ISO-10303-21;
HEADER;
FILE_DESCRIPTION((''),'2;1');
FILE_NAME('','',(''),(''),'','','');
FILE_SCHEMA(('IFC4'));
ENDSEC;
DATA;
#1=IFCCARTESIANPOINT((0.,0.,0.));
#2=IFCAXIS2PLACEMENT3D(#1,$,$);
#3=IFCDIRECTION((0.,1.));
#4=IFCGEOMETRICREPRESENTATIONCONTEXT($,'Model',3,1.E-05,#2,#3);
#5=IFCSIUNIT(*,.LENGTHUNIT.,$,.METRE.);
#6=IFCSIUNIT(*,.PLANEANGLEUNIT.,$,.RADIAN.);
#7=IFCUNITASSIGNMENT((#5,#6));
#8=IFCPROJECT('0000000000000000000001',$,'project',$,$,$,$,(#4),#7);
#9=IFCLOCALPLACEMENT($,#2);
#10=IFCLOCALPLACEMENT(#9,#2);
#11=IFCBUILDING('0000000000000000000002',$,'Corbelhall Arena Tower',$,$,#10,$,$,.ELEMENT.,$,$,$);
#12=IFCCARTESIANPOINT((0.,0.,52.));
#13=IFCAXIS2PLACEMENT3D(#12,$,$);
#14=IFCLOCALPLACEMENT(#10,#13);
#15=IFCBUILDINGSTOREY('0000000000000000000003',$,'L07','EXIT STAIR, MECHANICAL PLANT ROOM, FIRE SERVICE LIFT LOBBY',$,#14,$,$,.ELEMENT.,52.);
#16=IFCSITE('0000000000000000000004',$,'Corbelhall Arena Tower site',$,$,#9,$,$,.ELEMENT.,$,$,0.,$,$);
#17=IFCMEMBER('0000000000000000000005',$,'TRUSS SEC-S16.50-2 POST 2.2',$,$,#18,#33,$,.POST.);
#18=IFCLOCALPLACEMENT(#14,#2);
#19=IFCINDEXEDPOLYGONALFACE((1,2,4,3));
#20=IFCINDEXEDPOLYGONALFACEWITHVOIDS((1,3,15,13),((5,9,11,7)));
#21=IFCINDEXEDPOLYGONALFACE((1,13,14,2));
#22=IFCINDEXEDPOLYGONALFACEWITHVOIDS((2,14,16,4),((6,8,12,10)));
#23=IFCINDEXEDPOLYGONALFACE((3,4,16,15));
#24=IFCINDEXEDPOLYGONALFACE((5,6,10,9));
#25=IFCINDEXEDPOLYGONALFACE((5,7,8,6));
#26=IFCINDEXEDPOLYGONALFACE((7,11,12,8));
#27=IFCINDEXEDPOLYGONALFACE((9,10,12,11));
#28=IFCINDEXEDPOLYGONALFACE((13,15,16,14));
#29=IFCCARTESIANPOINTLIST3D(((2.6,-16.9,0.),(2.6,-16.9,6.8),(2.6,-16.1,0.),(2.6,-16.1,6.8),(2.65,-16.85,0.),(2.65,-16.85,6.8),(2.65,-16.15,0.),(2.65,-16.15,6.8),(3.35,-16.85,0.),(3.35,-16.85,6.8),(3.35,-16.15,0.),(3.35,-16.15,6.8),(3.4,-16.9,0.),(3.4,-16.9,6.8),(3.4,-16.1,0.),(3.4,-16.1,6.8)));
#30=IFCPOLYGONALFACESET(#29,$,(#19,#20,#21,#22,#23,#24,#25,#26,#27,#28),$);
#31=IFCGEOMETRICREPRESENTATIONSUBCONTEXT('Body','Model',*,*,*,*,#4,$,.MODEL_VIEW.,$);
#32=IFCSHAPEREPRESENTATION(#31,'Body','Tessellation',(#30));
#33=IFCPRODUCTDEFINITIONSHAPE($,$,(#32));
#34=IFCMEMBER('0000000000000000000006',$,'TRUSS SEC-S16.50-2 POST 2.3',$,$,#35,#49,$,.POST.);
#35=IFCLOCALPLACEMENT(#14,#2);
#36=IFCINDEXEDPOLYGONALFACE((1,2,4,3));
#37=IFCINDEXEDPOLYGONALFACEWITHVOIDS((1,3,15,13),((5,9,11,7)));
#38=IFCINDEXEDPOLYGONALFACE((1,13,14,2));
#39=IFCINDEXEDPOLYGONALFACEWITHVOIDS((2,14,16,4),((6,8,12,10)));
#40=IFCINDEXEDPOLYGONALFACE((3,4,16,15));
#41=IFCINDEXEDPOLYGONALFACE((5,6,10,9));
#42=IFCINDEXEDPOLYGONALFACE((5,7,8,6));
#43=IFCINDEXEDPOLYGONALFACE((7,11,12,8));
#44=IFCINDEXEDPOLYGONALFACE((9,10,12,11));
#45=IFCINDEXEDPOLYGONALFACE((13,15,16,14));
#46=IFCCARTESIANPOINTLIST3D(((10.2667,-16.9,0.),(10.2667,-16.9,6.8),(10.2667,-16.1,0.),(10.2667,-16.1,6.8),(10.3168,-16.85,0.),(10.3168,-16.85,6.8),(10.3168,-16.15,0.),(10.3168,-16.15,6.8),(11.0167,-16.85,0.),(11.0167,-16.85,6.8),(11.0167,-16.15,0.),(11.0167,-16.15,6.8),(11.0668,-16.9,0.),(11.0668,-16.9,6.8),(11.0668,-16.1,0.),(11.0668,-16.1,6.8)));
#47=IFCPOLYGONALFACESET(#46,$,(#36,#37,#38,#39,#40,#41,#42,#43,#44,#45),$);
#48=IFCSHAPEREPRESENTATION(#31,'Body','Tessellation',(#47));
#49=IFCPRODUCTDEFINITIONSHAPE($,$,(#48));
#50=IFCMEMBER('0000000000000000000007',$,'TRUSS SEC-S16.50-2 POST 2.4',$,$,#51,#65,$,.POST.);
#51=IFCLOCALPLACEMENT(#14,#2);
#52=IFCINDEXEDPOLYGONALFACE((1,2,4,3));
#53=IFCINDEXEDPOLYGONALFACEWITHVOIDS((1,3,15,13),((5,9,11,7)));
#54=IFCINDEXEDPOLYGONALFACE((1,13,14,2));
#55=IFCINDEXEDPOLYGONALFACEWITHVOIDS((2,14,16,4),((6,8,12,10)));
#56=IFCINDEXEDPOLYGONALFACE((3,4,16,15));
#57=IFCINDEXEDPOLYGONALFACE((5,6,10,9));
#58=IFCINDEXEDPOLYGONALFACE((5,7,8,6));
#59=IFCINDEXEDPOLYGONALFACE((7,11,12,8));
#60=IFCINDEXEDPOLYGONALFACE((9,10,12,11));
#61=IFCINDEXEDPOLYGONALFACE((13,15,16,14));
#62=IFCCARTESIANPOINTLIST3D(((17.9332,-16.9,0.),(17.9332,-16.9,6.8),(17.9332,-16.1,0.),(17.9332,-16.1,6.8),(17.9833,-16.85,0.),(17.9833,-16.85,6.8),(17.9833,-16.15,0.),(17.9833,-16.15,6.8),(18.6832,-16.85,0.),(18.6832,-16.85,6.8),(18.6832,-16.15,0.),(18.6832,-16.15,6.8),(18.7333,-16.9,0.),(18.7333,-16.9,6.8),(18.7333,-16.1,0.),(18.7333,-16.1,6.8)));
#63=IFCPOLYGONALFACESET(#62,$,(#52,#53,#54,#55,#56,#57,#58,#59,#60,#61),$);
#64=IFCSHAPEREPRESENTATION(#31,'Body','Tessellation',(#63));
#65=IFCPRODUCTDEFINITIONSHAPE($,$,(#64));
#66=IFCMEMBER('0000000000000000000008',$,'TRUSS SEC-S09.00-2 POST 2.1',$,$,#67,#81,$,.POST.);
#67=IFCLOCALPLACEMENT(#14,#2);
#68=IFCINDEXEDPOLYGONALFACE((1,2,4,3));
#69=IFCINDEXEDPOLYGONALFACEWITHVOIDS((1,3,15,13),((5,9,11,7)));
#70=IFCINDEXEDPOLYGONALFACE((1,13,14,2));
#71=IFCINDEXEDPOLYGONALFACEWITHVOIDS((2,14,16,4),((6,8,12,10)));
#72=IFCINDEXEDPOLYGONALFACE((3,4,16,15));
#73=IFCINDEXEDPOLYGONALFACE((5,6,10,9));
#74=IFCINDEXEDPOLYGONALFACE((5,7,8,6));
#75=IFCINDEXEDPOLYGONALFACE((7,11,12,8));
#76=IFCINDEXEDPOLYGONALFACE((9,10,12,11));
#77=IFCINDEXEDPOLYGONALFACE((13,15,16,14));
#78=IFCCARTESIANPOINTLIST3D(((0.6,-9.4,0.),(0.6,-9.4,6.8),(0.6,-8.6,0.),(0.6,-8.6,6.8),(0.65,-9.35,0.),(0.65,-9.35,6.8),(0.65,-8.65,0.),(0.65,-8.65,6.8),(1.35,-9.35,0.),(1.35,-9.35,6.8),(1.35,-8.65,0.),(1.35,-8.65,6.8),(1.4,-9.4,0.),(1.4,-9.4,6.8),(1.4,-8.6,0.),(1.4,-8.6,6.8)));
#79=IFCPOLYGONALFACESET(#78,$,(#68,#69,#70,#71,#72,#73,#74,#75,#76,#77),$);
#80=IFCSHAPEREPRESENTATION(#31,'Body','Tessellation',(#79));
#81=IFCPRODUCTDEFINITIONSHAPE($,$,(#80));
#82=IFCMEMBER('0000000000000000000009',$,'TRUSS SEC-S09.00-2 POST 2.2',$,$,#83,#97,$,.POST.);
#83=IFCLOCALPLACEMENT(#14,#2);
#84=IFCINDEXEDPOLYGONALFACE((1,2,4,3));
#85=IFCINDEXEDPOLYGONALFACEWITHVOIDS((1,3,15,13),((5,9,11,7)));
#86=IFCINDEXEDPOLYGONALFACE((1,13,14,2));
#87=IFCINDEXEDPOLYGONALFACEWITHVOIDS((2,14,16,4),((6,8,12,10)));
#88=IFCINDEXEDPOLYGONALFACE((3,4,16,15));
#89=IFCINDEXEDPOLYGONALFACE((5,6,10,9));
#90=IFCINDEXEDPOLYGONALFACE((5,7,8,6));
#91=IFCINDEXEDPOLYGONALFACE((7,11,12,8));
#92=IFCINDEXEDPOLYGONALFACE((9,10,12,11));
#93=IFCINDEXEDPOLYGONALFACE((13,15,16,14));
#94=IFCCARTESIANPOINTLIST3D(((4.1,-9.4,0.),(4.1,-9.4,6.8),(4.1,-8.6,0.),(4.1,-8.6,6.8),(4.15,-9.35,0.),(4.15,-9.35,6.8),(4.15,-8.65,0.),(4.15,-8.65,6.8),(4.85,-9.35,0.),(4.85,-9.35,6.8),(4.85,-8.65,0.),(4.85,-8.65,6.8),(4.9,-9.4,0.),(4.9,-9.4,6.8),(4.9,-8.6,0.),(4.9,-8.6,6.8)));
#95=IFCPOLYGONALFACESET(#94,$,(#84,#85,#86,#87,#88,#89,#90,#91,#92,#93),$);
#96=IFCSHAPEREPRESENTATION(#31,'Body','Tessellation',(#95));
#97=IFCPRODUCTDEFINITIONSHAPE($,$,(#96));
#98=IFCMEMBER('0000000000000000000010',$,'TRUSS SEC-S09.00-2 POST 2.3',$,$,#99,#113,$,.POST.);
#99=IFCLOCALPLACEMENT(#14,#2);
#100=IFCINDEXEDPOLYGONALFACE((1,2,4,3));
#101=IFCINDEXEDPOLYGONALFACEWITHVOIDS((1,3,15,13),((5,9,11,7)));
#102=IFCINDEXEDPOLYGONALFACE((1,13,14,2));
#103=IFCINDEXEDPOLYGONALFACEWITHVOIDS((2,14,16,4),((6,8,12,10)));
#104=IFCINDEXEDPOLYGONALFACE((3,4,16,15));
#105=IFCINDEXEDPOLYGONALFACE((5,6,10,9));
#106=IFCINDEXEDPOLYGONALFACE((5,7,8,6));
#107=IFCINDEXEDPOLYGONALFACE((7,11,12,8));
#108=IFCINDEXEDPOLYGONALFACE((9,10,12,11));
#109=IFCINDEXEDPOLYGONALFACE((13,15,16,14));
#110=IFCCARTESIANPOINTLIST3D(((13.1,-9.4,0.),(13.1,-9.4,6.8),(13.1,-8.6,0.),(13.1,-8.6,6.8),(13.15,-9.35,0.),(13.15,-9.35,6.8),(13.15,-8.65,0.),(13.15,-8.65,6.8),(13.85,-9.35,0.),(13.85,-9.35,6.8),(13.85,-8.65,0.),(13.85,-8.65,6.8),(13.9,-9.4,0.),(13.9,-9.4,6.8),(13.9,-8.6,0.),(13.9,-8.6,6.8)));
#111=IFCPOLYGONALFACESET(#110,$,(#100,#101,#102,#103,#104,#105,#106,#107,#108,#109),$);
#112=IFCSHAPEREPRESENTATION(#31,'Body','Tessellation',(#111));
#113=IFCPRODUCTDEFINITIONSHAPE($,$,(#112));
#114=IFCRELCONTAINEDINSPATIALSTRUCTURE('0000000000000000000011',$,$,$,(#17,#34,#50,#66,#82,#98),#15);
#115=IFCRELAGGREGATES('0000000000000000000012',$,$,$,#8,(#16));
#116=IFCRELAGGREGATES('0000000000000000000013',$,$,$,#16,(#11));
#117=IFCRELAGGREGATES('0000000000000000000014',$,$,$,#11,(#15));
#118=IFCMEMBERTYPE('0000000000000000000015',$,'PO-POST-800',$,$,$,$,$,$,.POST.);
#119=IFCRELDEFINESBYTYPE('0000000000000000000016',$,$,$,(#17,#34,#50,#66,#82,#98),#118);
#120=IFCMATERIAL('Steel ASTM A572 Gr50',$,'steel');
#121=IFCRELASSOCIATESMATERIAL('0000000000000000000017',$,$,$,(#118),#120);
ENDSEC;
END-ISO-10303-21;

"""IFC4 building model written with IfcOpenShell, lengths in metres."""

from ifc_helpers import new_model, si_unit, direction, frame, origin, origin_2d, place, context, subcontext, project, spatial, hollow_rectangle, extrude, material, material_profile, profile_set, type_object, element, save


model = new_model("IFC4")

# Units and contexts
model_context = context("Model", 3, precision=1e-05, world=origin(), true_north=direction((0.0, 1.0)))
body_context = subcontext(model_context, "Body", "Model", "MODEL_VIEW")
ifc_project = project(units=[si_unit("LENGTHUNIT", "METRE"), si_unit("PLANEANGLEUNIT", "RADIAN")], contexts=[model_context])

# Site, building, storey
site_placement = place(None, origin())
site = spatial("IfcSite", under=ifc_project, at=site_placement, Name="Corbelhall Arena Tower site", CompositionType="ELEMENT", RefElevation=0.0)
building_placement = place(site_placement, origin())
building = spatial("IfcBuilding", under=site, at=building_placement, Name="Corbelhall Arena Tower", CompositionType="ELEMENT")
storey_placement = place(building_placement, frame((0.0, 0.0, 52.0)))
storey = spatial("IfcBuildingStorey", under=building, at=storey_placement, Name="L07", Description="EXIT STAIR, MECHANICAL PLANT ROOM, FIRE SERVICE LIFT LOBBY", CompositionType="ELEMENT", Elevation=52.0)

# Members
ifc_material_1 = material(Name="Steel ASTM A572 Gr50", Category="steel")
ifc_material_profile_1 = material_profile(ifc_material_1, hollow_rectangle(XDim=0.8, YDim=0.8, WallThickness=0.05, at=origin_2d()))
ifc_profile_set_1 = profile_set([ifc_material_profile_1], Name="Steel ASTM A572 Gr50")
member_type_1 = type_object("IfcMemberType", Name="PO-POST-800", PredefinedType="POST", material=ifc_profile_set_1)
for number, where, z_axis, x_axis, name in (
    (1, (3.0, -16.5, 0.0), (0.0, 0.0, 1.0), (1.0, 0.0, 0.0), "TRUSS SEC-S16.50-2 POST 2.2"),
    (2, (10.6667, -16.5, 0.0), (0.0, 0.0, 1.0), (1.0, 0.0, 0.0), "TRUSS SEC-S16.50-2 POST 2.3"),
    (3, (18.3333, -16.5, 0.0), (0.0, 0.0, 1.0), (1.0, 0.0, 0.0), "TRUSS SEC-S16.50-2 POST 2.4"),
    (4, (1.0, -9.0, 0.0), (0.0, 0.0, 1.0), (1.0, 0.0, 0.0), "TRUSS SEC-S09.00-2 POST 2.1"),
    (5, (4.5, -9.0, 0.0), (0.0, 0.0, 1.0), (1.0, 0.0, 0.0), "TRUSS SEC-S09.00-2 POST 2.2"),
    (6, (13.5, -9.0, 0.0), (0.0, 0.0, 1.0), (1.0, 0.0, 0.0), "TRUSS SEC-S09.00-2 POST 2.3"),
):
    element("IfcMember", number, at=place(storey_placement, frame(where, z_axis=z_axis, x_axis=x_axis)), inside=storey, type_object=member_type_1, Name=name, PredefinedType="POST", context=body_context, shape_type="SweptSolid", body=[
        extrude(hollow_rectangle(XDim=0.8, YDim=0.8, WallThickness=0.05, at=origin_2d()), origin(), (0.0, 0.0, 1.0), 6.8),
    ])

save(model, "model.ifc")
